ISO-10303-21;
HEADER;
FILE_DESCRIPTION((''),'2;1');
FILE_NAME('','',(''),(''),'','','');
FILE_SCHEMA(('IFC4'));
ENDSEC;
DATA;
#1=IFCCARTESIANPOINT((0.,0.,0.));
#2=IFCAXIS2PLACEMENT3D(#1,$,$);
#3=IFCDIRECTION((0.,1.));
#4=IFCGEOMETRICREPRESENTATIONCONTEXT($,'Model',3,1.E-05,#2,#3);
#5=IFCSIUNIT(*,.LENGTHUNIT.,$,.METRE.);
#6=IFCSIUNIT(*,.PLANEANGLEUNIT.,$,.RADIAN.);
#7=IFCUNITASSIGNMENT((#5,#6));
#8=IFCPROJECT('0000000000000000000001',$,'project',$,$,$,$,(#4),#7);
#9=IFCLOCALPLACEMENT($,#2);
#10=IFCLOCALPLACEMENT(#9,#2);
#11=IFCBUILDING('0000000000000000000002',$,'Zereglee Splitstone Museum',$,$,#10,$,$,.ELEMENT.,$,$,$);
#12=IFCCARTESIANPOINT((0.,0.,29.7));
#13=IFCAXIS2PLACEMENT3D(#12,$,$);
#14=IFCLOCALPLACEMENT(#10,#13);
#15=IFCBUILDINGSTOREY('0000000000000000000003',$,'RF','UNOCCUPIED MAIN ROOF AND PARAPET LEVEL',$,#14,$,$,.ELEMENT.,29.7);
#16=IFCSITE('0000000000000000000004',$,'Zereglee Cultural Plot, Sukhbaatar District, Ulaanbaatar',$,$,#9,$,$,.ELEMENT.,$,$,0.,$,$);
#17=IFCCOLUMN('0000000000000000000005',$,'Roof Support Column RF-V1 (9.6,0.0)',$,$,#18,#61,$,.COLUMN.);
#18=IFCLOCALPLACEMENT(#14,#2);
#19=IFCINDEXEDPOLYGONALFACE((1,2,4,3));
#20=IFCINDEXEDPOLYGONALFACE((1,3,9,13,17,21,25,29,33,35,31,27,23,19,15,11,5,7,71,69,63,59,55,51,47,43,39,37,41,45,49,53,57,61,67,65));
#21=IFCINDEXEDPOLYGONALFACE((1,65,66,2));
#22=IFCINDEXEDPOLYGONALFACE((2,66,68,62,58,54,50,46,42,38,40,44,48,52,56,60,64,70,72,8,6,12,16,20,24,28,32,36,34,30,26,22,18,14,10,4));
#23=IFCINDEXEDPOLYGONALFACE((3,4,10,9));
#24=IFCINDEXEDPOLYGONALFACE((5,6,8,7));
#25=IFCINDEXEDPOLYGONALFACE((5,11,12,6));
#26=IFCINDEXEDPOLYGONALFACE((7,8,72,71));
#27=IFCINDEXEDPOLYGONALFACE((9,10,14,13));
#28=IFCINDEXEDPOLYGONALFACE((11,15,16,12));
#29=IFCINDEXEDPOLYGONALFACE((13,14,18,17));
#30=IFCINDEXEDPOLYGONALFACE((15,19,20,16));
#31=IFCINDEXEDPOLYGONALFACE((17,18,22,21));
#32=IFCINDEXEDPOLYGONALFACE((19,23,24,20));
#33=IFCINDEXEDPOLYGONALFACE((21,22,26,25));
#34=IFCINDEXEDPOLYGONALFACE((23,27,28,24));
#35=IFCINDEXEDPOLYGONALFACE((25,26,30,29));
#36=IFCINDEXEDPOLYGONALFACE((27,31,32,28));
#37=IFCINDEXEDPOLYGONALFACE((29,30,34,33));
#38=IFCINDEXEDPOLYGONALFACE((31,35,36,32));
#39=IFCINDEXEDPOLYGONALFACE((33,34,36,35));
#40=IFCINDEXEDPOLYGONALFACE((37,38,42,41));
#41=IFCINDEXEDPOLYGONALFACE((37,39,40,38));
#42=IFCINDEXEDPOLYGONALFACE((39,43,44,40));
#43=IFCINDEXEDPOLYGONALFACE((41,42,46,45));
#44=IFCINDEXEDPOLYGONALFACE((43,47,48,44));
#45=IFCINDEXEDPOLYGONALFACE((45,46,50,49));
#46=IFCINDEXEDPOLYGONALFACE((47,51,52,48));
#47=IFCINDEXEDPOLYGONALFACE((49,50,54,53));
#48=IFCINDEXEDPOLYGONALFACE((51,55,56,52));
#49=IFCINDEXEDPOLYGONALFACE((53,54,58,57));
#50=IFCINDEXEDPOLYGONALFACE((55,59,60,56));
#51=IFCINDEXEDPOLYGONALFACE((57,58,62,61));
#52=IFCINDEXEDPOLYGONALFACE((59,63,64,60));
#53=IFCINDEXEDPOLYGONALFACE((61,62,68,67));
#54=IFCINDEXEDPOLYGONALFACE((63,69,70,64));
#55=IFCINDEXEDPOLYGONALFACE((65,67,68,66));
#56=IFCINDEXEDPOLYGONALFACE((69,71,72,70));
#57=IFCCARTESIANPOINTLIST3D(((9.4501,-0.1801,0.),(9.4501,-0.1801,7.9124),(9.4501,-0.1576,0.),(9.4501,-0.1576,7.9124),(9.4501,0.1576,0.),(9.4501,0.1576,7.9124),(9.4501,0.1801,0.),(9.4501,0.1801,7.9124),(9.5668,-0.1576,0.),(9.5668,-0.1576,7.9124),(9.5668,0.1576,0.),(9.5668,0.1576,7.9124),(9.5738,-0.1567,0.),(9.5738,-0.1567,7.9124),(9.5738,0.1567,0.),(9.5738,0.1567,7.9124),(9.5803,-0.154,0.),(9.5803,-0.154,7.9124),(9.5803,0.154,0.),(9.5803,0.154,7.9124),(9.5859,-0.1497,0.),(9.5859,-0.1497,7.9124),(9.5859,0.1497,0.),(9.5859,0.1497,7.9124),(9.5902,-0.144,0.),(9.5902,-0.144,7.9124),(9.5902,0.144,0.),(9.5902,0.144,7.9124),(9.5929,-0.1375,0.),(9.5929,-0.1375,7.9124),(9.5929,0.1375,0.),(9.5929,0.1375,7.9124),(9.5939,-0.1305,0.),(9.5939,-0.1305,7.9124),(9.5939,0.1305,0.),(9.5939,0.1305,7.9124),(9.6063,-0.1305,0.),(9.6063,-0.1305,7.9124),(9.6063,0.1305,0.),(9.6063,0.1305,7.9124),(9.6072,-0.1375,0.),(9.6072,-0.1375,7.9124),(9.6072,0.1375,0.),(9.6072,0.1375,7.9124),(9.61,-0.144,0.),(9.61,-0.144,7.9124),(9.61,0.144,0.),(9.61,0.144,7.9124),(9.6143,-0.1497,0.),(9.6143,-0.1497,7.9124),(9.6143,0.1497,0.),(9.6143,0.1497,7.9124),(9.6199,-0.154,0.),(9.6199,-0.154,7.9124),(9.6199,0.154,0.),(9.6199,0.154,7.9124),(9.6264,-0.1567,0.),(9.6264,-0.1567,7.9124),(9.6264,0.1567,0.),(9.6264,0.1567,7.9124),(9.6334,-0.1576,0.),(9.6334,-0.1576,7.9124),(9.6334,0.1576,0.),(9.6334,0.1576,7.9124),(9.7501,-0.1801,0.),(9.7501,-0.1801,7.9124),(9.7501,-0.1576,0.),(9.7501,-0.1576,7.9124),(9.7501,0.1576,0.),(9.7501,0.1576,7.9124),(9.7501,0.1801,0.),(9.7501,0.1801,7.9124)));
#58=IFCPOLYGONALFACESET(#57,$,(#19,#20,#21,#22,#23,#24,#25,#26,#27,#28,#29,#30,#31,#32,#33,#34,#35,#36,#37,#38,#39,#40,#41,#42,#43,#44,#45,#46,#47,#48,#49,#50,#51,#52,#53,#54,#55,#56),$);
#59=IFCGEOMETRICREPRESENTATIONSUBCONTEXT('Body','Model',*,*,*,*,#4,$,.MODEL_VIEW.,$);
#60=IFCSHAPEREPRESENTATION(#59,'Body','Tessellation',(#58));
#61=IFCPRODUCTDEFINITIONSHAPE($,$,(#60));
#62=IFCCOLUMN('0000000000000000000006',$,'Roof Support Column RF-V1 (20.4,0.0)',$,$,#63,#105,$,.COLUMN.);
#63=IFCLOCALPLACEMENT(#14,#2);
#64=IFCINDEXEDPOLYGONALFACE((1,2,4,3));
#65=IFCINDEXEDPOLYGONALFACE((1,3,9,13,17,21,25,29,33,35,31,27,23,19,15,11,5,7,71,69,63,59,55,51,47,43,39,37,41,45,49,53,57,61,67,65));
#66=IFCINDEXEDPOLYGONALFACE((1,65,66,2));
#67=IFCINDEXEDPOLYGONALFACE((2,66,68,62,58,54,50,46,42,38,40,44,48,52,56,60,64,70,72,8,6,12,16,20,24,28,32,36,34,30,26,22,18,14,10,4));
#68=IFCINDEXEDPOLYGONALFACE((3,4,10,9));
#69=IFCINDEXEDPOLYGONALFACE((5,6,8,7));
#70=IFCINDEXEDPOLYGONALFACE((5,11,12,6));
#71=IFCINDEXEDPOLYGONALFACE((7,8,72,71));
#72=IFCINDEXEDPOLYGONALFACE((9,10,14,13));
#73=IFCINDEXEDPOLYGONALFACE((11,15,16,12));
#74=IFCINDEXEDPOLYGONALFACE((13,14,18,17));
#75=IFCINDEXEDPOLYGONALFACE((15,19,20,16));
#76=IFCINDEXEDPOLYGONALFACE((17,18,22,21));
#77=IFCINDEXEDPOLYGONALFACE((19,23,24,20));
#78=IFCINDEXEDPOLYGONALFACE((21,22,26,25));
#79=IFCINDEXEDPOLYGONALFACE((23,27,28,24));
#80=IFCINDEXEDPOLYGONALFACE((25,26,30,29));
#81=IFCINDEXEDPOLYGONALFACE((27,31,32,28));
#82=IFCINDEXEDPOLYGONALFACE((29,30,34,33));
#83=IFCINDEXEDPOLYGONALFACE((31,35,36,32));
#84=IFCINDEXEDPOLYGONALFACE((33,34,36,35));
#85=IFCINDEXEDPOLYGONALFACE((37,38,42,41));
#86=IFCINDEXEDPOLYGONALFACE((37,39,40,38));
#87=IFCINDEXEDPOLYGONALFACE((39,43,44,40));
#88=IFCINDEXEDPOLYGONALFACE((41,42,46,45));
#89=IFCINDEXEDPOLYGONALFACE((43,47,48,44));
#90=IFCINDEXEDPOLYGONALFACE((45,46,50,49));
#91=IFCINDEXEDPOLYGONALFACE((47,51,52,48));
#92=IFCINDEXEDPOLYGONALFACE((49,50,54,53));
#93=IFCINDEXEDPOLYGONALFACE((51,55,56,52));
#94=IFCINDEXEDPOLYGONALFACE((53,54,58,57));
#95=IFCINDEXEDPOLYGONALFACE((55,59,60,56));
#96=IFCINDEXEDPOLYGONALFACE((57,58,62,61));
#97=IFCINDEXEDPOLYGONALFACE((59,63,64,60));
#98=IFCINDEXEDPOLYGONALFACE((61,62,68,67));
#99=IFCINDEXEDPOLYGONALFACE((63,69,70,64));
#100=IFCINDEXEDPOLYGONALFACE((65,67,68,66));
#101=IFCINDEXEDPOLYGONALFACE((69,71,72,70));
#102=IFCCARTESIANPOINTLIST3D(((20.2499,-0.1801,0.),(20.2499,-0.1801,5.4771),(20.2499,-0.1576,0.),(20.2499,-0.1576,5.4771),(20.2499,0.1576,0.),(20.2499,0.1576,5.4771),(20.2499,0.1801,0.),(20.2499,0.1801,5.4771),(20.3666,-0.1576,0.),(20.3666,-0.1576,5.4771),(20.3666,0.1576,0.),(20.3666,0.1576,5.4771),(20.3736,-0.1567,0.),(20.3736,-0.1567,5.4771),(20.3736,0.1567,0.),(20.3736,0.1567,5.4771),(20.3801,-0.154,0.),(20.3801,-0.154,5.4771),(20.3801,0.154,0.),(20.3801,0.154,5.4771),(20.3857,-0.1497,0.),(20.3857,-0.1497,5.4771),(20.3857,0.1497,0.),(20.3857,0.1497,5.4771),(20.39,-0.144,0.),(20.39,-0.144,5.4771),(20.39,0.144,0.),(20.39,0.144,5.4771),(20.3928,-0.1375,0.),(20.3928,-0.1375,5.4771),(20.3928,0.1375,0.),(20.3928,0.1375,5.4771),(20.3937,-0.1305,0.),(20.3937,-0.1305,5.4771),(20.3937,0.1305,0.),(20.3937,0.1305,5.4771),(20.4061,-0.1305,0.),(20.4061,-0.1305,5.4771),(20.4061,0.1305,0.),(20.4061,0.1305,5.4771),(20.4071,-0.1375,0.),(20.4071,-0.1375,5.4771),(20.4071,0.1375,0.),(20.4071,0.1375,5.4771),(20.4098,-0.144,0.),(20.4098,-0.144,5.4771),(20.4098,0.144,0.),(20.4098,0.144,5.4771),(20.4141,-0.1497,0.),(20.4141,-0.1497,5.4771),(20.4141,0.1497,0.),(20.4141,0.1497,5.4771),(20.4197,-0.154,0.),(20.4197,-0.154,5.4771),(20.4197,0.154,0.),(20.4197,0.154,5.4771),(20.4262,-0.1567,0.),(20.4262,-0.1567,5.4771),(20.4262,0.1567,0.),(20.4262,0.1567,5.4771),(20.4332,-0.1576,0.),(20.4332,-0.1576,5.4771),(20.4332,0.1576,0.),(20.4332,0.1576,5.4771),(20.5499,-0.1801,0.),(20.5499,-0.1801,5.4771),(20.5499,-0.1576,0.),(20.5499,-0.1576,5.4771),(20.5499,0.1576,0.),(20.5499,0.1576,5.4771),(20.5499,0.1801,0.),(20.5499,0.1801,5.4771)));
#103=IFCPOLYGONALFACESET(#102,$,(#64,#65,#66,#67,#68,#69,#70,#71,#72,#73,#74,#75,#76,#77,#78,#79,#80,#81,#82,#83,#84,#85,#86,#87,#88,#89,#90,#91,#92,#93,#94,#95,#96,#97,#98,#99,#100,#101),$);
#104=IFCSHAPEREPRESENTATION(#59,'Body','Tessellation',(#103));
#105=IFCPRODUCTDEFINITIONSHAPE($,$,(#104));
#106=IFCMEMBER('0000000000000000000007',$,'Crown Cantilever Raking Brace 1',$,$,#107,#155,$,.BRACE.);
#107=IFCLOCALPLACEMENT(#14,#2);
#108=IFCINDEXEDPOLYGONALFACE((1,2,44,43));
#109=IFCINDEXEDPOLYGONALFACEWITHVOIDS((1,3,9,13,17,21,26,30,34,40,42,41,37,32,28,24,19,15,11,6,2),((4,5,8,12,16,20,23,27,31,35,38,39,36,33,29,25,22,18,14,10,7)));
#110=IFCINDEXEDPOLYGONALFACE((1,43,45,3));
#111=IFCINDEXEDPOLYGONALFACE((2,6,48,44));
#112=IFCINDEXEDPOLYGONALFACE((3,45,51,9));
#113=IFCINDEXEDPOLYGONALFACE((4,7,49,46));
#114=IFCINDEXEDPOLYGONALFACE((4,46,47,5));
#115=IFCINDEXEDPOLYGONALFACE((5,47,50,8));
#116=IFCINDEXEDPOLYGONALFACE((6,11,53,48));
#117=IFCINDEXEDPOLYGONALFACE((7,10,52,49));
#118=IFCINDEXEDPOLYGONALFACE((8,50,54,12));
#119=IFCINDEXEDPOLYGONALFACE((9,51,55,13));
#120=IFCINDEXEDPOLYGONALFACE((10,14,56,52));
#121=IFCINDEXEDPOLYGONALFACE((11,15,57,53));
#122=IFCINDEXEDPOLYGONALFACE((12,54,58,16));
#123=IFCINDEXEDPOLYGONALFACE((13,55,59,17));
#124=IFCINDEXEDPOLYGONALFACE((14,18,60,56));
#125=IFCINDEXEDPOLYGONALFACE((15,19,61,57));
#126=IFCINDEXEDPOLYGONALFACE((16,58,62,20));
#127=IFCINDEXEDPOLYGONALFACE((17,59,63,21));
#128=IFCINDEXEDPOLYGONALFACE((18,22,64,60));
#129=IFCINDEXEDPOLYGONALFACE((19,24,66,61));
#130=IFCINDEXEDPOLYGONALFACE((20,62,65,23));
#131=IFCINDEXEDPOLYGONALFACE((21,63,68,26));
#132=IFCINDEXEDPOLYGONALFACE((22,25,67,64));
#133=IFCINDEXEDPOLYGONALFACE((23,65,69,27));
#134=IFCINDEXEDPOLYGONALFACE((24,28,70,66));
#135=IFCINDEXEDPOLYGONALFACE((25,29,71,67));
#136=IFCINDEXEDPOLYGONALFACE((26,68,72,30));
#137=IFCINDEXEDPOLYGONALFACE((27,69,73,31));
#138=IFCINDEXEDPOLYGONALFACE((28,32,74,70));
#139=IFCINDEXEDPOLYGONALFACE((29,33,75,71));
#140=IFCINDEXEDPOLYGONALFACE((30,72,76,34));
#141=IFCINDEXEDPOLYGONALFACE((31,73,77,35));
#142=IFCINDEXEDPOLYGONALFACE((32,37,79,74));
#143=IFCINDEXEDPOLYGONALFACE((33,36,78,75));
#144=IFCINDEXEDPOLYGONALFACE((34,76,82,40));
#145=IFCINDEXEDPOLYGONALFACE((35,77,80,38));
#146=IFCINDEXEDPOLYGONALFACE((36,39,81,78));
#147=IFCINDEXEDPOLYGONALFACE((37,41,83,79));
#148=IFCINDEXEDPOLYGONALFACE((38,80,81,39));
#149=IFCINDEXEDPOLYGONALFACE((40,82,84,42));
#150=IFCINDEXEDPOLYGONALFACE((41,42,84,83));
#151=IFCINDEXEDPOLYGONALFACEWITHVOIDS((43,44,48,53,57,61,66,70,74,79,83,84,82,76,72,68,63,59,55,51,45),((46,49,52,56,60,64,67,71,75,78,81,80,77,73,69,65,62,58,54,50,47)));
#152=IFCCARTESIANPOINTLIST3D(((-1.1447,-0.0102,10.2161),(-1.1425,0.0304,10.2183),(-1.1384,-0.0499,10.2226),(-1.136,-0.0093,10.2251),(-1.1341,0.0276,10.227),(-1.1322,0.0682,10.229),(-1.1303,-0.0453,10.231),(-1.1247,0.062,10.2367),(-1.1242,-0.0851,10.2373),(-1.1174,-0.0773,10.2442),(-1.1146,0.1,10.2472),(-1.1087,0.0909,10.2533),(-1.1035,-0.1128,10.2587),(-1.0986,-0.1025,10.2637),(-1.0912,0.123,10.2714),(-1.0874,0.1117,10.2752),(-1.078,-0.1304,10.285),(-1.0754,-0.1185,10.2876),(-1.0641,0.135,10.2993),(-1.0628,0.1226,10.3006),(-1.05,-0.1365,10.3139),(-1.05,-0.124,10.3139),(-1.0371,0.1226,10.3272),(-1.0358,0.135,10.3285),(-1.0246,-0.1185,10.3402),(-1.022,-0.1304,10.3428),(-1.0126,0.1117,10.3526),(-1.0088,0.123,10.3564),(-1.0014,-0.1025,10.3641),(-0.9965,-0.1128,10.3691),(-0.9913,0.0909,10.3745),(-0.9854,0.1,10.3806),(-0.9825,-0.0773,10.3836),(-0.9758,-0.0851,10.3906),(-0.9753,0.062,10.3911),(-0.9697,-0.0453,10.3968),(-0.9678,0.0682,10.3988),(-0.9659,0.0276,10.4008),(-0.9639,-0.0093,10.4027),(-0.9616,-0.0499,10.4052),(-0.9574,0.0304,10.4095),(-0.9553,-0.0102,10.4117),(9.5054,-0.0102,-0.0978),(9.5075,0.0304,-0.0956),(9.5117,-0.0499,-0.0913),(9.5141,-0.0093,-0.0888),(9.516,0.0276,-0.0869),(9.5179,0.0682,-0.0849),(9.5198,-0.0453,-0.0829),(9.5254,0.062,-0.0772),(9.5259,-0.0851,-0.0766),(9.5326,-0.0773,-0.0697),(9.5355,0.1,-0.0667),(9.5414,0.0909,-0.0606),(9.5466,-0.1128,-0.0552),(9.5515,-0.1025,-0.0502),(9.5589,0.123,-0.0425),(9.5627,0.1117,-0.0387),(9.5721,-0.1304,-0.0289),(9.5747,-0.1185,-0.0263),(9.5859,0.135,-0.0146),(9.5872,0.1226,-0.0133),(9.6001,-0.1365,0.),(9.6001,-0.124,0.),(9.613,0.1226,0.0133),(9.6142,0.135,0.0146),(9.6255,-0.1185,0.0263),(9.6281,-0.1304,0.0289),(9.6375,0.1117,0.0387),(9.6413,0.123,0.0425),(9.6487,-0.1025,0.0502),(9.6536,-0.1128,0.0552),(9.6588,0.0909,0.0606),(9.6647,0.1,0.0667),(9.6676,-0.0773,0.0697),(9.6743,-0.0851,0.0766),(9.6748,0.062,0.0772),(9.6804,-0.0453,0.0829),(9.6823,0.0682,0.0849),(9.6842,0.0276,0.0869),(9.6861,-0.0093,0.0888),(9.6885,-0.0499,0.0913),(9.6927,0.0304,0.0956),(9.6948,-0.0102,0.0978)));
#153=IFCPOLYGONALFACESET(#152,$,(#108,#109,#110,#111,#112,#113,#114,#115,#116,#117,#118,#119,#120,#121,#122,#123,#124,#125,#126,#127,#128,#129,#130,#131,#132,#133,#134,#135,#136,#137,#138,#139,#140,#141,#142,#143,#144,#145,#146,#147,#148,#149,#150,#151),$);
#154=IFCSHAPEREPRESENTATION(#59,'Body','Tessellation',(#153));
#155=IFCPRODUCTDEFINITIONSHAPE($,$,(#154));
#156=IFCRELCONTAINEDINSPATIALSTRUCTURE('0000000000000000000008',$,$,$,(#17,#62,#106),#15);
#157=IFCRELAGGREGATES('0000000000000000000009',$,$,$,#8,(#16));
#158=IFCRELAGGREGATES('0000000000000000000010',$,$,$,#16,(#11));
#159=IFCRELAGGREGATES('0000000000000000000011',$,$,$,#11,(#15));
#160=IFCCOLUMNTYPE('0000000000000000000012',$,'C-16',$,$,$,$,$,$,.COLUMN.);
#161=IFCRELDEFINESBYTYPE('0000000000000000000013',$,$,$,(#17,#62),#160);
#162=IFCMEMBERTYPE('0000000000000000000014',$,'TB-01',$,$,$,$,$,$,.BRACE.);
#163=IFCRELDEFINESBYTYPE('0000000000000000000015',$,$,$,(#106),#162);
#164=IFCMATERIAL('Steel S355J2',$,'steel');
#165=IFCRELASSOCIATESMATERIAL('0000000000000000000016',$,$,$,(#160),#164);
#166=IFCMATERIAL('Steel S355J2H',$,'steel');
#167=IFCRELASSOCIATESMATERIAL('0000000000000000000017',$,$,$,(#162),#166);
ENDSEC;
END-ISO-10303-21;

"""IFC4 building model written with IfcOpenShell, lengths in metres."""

from ifc_helpers import new_model, si_unit, direction, frame, origin, origin_2d, place, context, subcontext, project, spatial, hollow_circle, i_section, extrude, material, material_profile, profile_set, type_object, element, save


model = new_model("IFC4")

# Units and contexts
model_context = context("Model", 3, precision=1e-05, world=origin(), true_north=direction((0.0, 1.0)))
body_context = subcontext(model_context, "Body", "Model", "MODEL_VIEW")
ifc_project = project(units=[si_unit("LENGTHUNIT", "METRE"), si_unit("PLANEANGLEUNIT", "RADIAN")], contexts=[model_context])

# Site, building, storey
site_placement = place(None, origin())
site = spatial("IfcSite", under=ifc_project, at=site_placement, Name="Zereglee Cultural Plot, Sukhbaatar District, Ulaanbaatar", CompositionType="ELEMENT", RefElevation=0.0)
building_placement = place(site_placement, origin())
building = spatial("IfcBuilding", under=site, at=building_placement, Name="Zereglee Splitstone Museum", CompositionType="ELEMENT")
storey_placement = place(building_placement, frame((0.0, 0.0, 29.7)))
storey = spatial("IfcBuildingStorey", under=building, at=storey_placement, Name="RF", Description="UNOCCUPIED MAIN ROOF AND PARAPET LEVEL", CompositionType="ELEMENT", Elevation=29.7)

# Columns
ifc_material_1 = material(Name="Steel S355J2", Category="steel")
ifc_material_profile_1 = material_profile(ifc_material_1, i_section(OverallWidth=0.3, OverallDepth=0.3601, WebThickness=0.0125, FlangeThickness=0.0225, FilletRadius=0.0271, at=origin_2d()), Name="HE 360 B")
ifc_profile_set_1 = profile_set([ifc_material_profile_1], Name="Steel S355J2")
column_type = type_object("IfcColumnType", Name="C-16", PredefinedType="COLUMN", material=ifc_profile_set_1)
column_1_placement = place(storey_placement, frame((9.6001, 0.0, 0.0), z_axis=(0.0, 0.0, 1.0), x_axis=(1.0, 0.0, 0.0)))
element("IfcColumn", 1, at=column_1_placement, inside=storey, type_object=column_type, Name="Roof Support Column RF-V1 (9.6,0.0)", PredefinedType="COLUMN", context=body_context, shape_type="SweptSolid", body=[
    extrude(i_section(OverallWidth=0.3, OverallDepth=0.3601, WebThickness=0.0125, FlangeThickness=0.0225, FilletRadius=0.0271, at=origin_2d()), origin(), (0.0, 0.0, 1.0), 7.9124),
])
column_2_placement = place(storey_placement, frame((20.3999, 0.0, 0.0), z_axis=(0.0, 0.0, 1.0), x_axis=(1.0, 0.0, 0.0)))
element("IfcColumn", 2, at=column_2_placement, inside=storey, type_object=column_type, Name="Roof Support Column RF-V1 (20.4,0.0)", PredefinedType="COLUMN", context=body_context, shape_type="SweptSolid", body=[
    extrude(i_section(OverallWidth=0.3, OverallDepth=0.3601, WebThickness=0.0125, FlangeThickness=0.0225, FilletRadius=0.0271, at=origin_2d()), origin(), (0.0, 0.0, 1.0), 5.4771),
])

# Member
ifc_material_2 = material(Name="Steel S355J2H", Category="steel")
ifc_material_profile_2 = material_profile(ifc_material_2, hollow_circle(Radius=0.1365, WallThickness=0.0125, at=origin_2d()), Name="CHS 273.0x12.5")
ifc_profile_set_2 = profile_set([ifc_material_profile_2], Name="Steel S355J2H")
member_type_1 = type_object("IfcMemberType", Name="TB-01", PredefinedType="BRACE", material=ifc_profile_set_2)
member_1_placement = place(storey_placement, frame((9.6001, 0.0, 0.0), z_axis=(-0.718354, 0.0, 0.695678), x_axis=(0.0, -1.0, 0.0)))
element("IfcMember", 3, at=member_1_placement, inside=storey, type_object=member_type_1, Name="Crown Cantilever Raking Brace 1", PredefinedType="BRACE", context=body_context, shape_type="SweptSolid", body=[
    extrude(hollow_circle(Radius=0.1365, WallThickness=0.0125, at=origin_2d()), origin(), (0.0, 0.0, 1.0), 14.8257),
])

save(model, "model.ifc")
